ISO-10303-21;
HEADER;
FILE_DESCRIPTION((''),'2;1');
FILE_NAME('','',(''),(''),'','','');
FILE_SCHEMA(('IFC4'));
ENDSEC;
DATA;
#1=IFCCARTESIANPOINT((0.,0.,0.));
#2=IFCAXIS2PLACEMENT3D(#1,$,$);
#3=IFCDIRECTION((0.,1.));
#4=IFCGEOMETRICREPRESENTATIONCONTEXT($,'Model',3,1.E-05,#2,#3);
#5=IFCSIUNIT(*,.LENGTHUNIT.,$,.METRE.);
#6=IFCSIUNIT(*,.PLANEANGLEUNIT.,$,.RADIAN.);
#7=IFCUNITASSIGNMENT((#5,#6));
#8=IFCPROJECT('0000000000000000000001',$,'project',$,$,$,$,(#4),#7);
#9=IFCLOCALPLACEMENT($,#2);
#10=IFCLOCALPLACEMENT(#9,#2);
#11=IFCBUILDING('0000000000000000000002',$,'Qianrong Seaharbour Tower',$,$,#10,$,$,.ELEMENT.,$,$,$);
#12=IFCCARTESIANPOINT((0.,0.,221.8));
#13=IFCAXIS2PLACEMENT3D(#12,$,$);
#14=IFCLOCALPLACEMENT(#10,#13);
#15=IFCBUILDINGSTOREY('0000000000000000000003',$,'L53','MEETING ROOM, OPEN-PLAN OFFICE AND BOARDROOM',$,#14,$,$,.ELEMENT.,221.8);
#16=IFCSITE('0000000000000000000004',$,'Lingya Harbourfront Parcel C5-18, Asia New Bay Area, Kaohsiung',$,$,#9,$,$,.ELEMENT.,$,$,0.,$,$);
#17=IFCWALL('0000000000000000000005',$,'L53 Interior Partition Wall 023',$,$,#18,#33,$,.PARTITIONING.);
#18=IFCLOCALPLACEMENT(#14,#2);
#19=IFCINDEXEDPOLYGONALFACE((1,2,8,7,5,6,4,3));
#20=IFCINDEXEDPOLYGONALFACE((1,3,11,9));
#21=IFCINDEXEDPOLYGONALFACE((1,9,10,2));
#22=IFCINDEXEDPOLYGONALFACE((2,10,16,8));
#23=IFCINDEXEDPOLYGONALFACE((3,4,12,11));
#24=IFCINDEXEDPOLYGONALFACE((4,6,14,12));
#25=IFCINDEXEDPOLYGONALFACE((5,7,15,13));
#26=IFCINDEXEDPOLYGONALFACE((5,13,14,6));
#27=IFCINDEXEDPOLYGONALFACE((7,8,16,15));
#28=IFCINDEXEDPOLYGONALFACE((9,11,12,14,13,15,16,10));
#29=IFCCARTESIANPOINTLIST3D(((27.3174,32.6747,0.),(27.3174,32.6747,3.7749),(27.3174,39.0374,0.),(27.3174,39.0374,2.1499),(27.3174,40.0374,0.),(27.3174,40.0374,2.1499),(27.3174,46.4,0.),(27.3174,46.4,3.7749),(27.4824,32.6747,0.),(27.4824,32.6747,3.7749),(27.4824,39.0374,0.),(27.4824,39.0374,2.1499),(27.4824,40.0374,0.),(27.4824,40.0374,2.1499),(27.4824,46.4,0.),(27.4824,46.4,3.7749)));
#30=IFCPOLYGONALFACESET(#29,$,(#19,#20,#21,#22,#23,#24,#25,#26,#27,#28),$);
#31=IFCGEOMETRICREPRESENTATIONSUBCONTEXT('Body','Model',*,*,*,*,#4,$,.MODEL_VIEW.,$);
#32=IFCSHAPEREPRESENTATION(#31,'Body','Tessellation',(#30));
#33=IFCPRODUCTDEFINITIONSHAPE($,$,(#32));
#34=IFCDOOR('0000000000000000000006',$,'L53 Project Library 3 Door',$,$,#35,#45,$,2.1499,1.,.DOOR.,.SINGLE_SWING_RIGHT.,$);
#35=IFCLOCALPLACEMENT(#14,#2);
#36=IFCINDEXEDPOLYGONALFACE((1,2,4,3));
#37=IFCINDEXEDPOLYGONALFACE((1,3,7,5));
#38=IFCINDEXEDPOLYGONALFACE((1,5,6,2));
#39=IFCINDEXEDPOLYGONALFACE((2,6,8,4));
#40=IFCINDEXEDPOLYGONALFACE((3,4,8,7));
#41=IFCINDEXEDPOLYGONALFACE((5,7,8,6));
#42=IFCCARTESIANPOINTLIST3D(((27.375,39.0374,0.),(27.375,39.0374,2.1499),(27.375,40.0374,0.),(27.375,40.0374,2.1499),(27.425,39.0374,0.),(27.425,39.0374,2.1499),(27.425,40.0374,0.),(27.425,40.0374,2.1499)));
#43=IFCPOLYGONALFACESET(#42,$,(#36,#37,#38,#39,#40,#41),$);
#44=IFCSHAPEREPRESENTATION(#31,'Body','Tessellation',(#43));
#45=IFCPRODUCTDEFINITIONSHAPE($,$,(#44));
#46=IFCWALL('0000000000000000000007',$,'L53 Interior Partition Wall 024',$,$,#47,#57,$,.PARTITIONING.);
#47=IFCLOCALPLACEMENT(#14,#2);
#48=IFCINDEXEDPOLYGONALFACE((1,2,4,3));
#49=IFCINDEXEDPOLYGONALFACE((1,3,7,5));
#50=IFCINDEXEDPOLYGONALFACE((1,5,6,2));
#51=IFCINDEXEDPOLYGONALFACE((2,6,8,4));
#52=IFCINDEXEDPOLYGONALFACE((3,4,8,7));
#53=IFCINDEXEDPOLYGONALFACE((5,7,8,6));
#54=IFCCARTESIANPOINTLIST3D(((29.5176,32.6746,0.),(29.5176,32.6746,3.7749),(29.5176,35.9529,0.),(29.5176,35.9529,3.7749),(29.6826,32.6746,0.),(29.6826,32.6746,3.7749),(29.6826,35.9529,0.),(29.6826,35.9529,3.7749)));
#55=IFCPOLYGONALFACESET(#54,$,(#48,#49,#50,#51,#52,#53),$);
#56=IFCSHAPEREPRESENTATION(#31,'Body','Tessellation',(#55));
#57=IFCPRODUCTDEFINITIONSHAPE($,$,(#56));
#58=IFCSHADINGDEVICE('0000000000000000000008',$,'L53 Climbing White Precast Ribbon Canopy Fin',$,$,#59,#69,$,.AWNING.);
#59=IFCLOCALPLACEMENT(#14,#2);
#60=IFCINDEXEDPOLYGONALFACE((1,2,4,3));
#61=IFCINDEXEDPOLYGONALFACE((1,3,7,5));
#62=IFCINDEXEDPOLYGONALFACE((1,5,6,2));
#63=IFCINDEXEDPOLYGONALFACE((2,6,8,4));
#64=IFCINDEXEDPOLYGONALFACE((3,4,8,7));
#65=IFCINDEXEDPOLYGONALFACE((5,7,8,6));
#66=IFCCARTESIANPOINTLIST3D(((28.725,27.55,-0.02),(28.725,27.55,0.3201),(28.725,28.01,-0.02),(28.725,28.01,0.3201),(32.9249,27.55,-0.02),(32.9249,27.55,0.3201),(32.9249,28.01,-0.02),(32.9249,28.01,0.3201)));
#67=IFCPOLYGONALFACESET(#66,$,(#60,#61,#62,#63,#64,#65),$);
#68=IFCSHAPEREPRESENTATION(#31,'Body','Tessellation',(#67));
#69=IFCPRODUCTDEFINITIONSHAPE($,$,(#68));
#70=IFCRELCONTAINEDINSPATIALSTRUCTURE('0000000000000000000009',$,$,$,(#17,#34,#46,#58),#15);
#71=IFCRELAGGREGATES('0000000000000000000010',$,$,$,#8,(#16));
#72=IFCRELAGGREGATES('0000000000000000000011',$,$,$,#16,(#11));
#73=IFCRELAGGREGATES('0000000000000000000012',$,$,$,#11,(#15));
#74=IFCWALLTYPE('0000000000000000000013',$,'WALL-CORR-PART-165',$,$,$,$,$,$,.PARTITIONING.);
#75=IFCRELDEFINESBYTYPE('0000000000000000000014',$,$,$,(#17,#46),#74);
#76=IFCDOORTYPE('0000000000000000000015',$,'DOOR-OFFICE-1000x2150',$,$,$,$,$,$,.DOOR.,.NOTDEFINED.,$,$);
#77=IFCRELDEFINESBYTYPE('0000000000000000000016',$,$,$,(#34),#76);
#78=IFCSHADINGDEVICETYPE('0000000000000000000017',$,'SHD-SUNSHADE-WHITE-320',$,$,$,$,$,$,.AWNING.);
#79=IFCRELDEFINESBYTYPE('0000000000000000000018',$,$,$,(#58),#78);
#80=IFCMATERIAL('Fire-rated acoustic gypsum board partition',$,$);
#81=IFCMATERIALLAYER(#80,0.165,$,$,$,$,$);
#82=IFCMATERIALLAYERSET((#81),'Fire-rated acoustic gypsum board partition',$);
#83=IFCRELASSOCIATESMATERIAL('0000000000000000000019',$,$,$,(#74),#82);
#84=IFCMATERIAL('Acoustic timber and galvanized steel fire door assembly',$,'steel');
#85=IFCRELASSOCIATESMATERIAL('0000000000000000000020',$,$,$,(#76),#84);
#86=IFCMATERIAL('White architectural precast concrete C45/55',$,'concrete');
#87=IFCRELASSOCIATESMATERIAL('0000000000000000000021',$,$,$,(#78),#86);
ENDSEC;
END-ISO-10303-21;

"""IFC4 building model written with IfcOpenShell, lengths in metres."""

from ifc_helpers import new_model, si_unit, direction, frame, frame_2d, origin, origin_2d, place, context, subcontext, project, spatial, rectangle, extrude, material, layer, layer_set, type_object, element, fill, save


model = new_model("IFC4")

# Units and contexts
model_context = context("Model", 3, precision=1e-05, world=origin(), true_north=direction((0.0, 1.0)))
body_context = subcontext(model_context, "Body", "Model", "MODEL_VIEW")
ifc_project = project(units=[si_unit("LENGTHUNIT", "METRE"), si_unit("PLANEANGLEUNIT", "RADIAN")], contexts=[model_context])

# Site, building, storey
site_placement = place(None, origin())
site = spatial("IfcSite", under=ifc_project, at=site_placement, Name="Lingya Harbourfront Parcel C5-18, Asia New Bay Area, Kaohsiung", CompositionType="ELEMENT", RefElevation=0.0)
building_placement = place(site_placement, origin())
building = spatial("IfcBuilding", under=site, at=building_placement, Name="Qianrong Seaharbour Tower", CompositionType="ELEMENT")
storey_placement = place(building_placement, frame((0.0, 0.0, 221.8)))
storey = spatial("IfcBuildingStorey", under=building, at=storey_placement, Name="L53", Description="MEETING ROOM, OPEN-PLAN OFFICE AND BOARDROOM", CompositionType="ELEMENT", Elevation=221.8)

# Shared definitions
ifc_material_1 = material(Name="Fire-rated acoustic gypsum board partition")
ifc_layer = layer(ifc_material_1, 0.165)
ifc_layer_set = layer_set([ifc_layer], Name="Fire-rated acoustic gypsum board partition")
wall_type = type_object("IfcWallType", Name="WALL-CORR-PART-165", PredefinedType="PARTITIONING", material=ifc_layer_set)

# Wall, opening, door
ifc_material_2 = material(Name="Acoustic timber and galvanized steel fire door assembly", Category="steel")
door_type = type_object("IfcDoorType", Name="DOOR-OFFICE-1000x2150", OperationType="NOTDEFINED", PredefinedType="DOOR", material=ifc_material_2)
wall_1_placement = place(storey_placement, frame((27.3999, 32.6746, 0.0), z_axis=(0.0, 0.0, 1.0), x_axis=(0.0, 1.0, 0.0)))
wall_1 = element("IfcWall", 1, at=wall_1_placement, inside=storey, type_object=wall_type, Name="L53 Interior Partition Wall 023", PredefinedType="PARTITIONING", context=body_context, shape_type="SweptSolid", body=[
    extrude(rectangle(XDim=13.7253, YDim=0.165, at=frame_2d((6.8628, 0.0))), origin(), (0.0, 0.0, 1.0), 3.7749),
])
opening_1_placement = place(wall_1_placement, frame((6.3628, 0.0, 0.0)))
opening_1 = element("IfcOpeningElement", 2, at=opening_1_placement, cuts=wall_1, PredefinedType="OPENING", context=body_context, shape_type="SweptSolid", body=[
    extrude(rectangle(XDim=1.0, YDim=2.1499, at=frame_2d((0.5, 1.075))), frame((0.0, 0.0925, 0.0), z_axis=(0.0, -1.0, 0.0), x_axis=(1.0, 0.0, 0.0)), (0.0, 0.0, 1.0), 0.1851),
])
door_1_placement = place(opening_1_placement, origin())
door_1 = element("IfcDoor", 3, at=door_1_placement, inside=storey, type_object=door_type, Name="L53 Project Library 3 Door", OperationType="SINGLE_SWING_RIGHT", OverallHeight=2.1499, OverallWidth=1.0, PredefinedType="DOOR", context=body_context, shape_type="SweptSolid", body=[
    extrude(rectangle(XDim=1.0, YDim=2.1499, at=frame_2d((0.5, 1.075))), frame((0.0, 0.0249, 0.0), z_axis=(0.0, -1.0, 0.0), x_axis=(1.0, 0.0, 0.0)), (0.0, 0.0, 1.0), 0.05),
])
fill(opening_1, door_1)

# Wall
wall_2_placement = place(storey_placement, frame((29.6001, 35.9529, 0.0), z_axis=(0.0, 0.0, 1.0), x_axis=(0.0, -1.0, 0.0)))
element("IfcWall", 4, at=wall_2_placement, inside=storey, type_object=wall_type, Name="L53 Interior Partition Wall 024", PredefinedType="PARTITIONING", context=body_context, shape_type="SweptSolid", body=[
    extrude(rectangle(XDim=3.2783, YDim=0.165, at=frame_2d((1.6392, 0.0))), origin(), (0.0, 0.0, 1.0), 3.7749),
])

# Shading device
ifc_material_3 = material(Name="White architectural precast concrete C45/55", Category="concrete")
shading_device_type = type_object("IfcShadingDeviceType", Name="SHD-SUNSHADE-WHITE-320", PredefinedType="AWNING", material=ifc_material_3)
shading_device_placement = place(storey_placement, frame((30.825, 27.78, -0.02), z_axis=(0.0, 0.0, 1.0), x_axis=(1.0, 0.0, 0.0)))
element("IfcShadingDevice", 5, at=shading_device_placement, inside=storey, type_object=shading_device_type, Name="L53 Climbing White Precast Ribbon Canopy Fin", PredefinedType="AWNING", context=body_context, shape_type="SweptSolid", body=[
    extrude(rectangle(XDim=4.2, YDim=0.46, at=origin_2d()), origin(), (0.0, 0.0, 1.0), 0.3401),
])

save(model, "model.ifc")
